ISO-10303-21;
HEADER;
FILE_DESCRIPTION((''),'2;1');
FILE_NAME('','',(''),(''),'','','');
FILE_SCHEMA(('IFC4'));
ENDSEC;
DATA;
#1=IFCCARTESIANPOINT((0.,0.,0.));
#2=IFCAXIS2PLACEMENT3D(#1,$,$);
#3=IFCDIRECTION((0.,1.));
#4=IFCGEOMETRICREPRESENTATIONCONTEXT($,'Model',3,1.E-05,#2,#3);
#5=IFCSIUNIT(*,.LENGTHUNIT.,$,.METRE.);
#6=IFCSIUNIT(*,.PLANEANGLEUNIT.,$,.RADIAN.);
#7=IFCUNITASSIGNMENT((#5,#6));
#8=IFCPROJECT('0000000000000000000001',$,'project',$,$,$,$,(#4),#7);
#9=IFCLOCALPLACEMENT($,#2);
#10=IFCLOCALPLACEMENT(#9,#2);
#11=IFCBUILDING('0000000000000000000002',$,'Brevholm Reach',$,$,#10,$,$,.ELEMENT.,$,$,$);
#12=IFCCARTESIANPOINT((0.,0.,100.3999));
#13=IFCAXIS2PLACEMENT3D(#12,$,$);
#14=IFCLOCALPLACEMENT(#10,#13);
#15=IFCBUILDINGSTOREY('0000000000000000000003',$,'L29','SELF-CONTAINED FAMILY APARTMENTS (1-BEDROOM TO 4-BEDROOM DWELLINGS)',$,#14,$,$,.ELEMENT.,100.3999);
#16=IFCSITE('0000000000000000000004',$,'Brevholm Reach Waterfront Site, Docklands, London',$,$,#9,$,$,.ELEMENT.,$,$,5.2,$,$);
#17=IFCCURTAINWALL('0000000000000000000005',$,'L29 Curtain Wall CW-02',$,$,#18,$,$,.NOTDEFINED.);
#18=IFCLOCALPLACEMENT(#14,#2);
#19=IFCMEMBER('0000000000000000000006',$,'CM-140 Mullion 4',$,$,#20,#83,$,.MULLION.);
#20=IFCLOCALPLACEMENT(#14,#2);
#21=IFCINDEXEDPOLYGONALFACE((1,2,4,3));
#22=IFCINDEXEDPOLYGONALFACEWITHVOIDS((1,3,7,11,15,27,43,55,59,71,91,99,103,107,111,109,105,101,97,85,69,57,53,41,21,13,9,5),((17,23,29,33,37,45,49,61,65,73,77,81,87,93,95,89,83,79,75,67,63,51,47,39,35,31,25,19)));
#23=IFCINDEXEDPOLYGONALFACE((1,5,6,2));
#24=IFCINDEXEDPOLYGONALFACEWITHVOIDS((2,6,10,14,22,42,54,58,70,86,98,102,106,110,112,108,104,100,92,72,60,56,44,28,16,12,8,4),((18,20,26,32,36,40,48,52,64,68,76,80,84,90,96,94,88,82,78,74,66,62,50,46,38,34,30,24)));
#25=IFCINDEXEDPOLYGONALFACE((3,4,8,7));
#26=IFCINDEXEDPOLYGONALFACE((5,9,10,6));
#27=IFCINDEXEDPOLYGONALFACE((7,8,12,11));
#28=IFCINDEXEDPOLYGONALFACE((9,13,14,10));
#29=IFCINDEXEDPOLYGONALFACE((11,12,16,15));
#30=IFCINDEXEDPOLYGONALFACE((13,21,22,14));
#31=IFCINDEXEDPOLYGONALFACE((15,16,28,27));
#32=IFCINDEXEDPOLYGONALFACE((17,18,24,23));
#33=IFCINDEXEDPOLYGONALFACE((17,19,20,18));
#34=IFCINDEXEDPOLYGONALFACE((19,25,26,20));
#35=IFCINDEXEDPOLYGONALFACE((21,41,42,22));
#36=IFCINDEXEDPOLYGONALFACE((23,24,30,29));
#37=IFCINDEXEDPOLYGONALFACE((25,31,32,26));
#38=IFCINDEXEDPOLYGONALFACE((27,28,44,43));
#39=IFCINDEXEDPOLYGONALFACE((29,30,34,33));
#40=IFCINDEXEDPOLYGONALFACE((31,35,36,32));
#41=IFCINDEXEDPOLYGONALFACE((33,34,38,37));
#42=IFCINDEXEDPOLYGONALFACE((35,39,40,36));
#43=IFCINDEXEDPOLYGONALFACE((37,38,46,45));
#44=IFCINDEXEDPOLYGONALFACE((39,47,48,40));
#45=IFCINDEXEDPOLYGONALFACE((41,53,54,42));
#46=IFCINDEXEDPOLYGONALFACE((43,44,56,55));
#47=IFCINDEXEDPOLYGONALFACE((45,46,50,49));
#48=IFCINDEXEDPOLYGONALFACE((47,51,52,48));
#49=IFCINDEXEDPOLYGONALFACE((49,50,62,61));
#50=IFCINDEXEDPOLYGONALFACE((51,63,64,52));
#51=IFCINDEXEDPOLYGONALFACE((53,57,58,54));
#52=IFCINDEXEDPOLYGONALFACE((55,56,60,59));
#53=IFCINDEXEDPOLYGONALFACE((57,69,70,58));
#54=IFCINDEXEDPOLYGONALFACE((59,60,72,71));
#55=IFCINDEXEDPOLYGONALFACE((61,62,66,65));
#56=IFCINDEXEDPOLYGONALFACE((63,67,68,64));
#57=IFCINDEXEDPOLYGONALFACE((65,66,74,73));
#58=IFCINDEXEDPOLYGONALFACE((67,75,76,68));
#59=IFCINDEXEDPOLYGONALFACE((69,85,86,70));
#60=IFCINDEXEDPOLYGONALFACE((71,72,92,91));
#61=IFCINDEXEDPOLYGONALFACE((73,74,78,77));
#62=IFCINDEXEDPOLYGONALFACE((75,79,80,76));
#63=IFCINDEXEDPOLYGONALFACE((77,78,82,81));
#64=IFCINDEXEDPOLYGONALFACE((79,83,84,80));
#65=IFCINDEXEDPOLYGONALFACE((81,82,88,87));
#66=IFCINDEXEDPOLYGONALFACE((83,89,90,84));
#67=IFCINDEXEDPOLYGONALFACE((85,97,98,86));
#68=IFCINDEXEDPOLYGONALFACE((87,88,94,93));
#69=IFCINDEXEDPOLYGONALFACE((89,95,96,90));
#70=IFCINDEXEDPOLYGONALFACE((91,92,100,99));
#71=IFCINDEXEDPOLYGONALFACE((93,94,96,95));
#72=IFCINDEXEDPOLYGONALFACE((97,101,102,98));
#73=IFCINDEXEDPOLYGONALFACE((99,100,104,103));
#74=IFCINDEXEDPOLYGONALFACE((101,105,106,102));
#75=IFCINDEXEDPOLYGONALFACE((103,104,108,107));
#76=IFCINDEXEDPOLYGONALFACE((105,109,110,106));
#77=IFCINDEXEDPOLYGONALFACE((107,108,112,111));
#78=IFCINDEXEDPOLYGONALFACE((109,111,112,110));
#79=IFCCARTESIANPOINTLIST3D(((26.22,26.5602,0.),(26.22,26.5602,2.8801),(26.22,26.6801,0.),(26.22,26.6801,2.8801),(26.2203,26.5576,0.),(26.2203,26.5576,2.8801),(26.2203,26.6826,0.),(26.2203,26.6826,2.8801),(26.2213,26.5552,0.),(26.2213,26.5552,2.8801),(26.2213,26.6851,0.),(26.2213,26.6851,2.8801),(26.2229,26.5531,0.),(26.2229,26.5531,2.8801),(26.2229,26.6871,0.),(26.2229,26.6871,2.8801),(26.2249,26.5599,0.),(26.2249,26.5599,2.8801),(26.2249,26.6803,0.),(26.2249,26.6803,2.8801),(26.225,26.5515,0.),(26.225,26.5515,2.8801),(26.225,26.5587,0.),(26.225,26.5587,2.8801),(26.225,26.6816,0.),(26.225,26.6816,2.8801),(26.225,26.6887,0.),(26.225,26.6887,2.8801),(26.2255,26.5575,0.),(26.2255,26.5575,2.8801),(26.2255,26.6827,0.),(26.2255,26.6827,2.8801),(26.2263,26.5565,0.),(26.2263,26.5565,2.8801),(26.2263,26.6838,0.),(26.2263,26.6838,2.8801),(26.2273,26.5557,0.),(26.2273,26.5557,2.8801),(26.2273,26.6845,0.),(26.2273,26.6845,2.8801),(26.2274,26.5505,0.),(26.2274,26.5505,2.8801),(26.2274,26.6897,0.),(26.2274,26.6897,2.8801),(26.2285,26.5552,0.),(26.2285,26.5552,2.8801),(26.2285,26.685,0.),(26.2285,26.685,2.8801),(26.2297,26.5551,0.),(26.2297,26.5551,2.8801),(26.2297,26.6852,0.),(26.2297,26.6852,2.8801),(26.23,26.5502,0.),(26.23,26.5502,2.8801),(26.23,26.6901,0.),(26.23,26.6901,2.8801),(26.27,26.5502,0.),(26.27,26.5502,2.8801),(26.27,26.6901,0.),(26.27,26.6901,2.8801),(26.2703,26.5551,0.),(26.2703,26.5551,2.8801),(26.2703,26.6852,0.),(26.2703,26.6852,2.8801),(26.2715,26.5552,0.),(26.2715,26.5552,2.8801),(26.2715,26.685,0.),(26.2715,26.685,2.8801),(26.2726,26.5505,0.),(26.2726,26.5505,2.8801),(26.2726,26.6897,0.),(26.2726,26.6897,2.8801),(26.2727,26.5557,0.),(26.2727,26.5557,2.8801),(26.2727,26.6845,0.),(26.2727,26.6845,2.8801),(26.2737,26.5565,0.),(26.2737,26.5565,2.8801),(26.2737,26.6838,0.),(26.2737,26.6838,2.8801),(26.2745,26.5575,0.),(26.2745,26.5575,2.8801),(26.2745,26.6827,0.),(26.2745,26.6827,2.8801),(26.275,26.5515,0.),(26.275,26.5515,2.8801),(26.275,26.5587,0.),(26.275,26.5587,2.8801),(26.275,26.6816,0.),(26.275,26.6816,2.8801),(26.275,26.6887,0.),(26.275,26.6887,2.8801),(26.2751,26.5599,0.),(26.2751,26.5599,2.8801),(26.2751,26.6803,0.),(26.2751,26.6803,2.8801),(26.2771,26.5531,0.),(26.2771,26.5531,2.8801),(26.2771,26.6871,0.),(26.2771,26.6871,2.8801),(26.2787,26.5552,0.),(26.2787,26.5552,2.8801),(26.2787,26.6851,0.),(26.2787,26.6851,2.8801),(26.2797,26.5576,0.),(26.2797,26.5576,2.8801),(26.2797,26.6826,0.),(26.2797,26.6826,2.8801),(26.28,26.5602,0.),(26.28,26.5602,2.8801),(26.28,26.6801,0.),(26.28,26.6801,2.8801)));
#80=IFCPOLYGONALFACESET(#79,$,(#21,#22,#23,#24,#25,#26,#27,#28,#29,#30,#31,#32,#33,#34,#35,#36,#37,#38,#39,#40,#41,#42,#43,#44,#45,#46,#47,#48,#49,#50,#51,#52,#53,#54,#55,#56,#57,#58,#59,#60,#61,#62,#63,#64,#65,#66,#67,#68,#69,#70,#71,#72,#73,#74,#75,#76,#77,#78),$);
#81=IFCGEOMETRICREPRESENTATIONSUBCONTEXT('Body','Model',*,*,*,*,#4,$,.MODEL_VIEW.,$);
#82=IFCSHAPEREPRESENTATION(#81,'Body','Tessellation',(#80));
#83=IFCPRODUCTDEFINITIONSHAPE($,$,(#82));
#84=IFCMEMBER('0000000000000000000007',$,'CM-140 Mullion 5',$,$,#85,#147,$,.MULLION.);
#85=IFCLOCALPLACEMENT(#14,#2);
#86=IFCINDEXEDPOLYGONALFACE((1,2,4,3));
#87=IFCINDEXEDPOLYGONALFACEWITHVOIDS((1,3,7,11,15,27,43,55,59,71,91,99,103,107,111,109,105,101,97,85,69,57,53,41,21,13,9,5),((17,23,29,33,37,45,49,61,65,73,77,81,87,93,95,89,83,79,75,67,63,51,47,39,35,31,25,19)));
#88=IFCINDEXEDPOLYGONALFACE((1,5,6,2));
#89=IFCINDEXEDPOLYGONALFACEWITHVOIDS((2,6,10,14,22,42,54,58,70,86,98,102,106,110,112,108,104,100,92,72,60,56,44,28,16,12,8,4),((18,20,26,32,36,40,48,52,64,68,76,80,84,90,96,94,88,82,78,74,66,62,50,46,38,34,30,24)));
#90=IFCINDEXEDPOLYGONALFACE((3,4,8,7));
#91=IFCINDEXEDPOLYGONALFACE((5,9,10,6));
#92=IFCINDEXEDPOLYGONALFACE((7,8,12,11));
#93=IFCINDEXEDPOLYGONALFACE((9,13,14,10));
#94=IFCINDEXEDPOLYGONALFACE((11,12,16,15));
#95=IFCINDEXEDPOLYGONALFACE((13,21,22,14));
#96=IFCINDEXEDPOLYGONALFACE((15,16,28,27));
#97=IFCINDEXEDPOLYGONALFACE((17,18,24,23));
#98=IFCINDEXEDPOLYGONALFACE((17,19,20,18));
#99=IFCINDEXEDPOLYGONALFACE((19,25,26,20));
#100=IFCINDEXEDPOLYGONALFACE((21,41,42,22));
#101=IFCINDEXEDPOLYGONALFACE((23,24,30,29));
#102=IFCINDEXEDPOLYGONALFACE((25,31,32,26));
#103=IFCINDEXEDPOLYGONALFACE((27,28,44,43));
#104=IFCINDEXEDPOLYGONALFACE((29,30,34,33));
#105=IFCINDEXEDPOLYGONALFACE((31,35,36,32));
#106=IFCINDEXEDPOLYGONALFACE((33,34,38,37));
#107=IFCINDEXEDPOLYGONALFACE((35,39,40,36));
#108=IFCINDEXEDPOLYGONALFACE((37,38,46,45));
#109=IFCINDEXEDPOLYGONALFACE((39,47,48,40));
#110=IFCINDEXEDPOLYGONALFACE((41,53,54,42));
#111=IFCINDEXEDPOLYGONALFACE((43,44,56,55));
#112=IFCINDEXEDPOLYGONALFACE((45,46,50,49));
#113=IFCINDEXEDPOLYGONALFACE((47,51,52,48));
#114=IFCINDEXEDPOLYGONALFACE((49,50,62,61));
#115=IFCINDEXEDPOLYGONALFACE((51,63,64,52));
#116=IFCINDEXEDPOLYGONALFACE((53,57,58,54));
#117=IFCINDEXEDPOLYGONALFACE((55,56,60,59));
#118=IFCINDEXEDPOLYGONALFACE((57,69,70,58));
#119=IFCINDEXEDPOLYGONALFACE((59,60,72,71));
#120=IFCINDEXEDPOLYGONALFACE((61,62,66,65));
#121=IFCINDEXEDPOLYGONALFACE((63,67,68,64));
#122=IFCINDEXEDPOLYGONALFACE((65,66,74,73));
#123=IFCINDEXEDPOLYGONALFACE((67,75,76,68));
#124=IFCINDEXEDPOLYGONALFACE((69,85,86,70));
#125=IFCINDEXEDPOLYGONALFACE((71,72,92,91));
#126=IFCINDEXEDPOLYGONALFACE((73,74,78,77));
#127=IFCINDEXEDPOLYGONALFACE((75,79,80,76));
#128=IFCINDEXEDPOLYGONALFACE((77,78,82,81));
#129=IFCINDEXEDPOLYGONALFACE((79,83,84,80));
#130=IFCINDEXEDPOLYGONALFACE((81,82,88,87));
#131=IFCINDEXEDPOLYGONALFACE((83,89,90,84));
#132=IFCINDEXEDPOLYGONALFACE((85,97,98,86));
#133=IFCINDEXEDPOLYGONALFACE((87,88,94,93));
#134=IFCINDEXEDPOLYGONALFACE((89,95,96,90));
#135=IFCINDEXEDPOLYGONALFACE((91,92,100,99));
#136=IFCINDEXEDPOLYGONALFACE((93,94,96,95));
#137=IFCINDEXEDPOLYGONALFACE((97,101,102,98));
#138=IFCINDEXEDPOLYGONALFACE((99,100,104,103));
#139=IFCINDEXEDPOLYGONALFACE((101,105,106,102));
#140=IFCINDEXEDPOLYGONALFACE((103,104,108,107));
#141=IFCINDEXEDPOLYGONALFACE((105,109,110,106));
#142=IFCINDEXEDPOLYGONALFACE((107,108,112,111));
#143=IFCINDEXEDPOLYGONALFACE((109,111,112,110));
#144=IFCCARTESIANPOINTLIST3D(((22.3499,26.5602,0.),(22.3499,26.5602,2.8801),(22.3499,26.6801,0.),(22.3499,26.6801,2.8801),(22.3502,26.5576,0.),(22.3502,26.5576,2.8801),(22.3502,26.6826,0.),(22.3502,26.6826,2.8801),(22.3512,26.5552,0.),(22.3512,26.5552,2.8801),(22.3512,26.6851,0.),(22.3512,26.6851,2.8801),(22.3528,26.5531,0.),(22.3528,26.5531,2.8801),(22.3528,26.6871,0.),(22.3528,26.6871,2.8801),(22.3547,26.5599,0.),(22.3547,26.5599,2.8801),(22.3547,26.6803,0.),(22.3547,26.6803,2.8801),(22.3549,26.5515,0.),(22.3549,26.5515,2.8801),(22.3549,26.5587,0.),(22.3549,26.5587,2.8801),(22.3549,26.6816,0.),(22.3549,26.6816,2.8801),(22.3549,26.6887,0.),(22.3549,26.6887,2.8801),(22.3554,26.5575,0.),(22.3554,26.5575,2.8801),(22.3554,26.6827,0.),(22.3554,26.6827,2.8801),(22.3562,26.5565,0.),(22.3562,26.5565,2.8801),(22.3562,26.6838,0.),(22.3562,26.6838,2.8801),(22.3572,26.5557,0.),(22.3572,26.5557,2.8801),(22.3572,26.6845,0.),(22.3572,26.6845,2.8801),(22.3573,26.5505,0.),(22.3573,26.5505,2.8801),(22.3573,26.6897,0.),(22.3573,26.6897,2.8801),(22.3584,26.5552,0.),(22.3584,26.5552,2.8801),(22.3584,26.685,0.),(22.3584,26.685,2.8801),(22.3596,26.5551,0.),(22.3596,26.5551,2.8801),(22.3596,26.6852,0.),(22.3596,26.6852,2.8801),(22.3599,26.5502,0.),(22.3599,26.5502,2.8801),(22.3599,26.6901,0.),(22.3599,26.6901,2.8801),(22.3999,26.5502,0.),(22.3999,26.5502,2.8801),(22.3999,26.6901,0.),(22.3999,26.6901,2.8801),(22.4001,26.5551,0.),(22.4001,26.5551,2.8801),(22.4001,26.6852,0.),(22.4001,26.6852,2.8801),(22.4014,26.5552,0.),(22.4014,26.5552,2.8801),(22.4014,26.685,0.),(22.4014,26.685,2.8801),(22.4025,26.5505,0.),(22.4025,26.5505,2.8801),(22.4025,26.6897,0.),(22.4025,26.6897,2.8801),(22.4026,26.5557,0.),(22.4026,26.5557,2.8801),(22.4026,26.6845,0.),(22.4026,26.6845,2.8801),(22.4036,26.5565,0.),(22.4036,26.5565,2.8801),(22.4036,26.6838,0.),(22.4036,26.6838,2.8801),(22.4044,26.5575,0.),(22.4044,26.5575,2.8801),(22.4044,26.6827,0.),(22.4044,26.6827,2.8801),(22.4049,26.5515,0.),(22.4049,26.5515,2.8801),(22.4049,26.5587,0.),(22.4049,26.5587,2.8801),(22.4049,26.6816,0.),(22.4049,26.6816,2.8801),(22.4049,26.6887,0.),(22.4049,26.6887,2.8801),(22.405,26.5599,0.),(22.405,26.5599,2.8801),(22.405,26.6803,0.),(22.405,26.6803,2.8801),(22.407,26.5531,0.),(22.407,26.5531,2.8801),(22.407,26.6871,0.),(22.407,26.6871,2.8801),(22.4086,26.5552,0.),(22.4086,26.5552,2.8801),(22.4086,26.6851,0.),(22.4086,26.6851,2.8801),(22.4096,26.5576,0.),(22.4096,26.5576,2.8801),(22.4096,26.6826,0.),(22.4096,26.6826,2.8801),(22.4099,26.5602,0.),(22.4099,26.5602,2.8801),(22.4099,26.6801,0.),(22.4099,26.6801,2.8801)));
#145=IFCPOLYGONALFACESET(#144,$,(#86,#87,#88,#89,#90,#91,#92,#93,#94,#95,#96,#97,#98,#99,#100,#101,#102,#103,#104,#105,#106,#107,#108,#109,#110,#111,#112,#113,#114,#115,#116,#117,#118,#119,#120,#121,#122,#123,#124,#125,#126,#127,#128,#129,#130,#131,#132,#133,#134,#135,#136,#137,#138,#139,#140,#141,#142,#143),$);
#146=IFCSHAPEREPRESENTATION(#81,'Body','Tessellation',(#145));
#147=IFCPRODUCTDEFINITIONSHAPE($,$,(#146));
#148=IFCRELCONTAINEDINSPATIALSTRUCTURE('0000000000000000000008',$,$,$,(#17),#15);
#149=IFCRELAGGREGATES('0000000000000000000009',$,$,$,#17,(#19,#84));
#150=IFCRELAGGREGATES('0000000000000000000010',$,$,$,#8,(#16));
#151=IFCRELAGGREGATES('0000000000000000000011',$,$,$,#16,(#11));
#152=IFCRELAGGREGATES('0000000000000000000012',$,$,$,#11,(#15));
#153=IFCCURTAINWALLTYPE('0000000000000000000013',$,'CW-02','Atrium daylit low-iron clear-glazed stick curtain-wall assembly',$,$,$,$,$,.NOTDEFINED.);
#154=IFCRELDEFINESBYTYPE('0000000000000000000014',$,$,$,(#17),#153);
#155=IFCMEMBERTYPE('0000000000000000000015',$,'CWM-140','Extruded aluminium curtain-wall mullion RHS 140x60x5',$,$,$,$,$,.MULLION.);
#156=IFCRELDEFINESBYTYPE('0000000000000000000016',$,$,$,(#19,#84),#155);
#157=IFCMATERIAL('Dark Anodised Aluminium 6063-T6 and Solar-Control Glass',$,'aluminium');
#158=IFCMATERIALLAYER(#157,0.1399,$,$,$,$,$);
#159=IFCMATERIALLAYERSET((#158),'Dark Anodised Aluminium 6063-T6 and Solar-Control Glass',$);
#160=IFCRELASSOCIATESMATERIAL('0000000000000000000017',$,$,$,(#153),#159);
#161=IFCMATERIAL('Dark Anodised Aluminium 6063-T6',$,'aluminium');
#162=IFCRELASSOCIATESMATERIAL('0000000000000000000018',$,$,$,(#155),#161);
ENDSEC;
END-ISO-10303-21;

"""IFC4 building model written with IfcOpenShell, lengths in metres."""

from ifc_helpers import new_model, si_unit, direction, frame, origin, origin_2d, place, context, subcontext, project, spatial, hollow_rectangle, extrude, material, layer, layer_set, material_profile, profile_set, type_object, element, aggregate, save


model = new_model("IFC4")

# Units and contexts
model_context = context("Model", 3, precision=1e-05, world=origin(), true_north=direction((0.0, 1.0)))
body_context = subcontext(model_context, "Body", "Model", "MODEL_VIEW")
ifc_project = project(units=[si_unit("LENGTHUNIT", "METRE"), si_unit("PLANEANGLEUNIT", "RADIAN")], contexts=[model_context])

# Site, building, storey
site_placement = place(None, origin())
site = spatial("IfcSite", under=ifc_project, at=site_placement, Name="Brevholm Reach Waterfront Site, Docklands, London", CompositionType="ELEMENT", RefElevation=5.2)
building_placement = place(site_placement, origin())
building = spatial("IfcBuilding", under=site, at=building_placement, Name="Brevholm Reach", CompositionType="ELEMENT")
storey_placement = place(building_placement, frame((0.0, 0.0, 100.3999)))
storey = spatial("IfcBuildingStorey", under=building, at=storey_placement, Name="L29", Description="SELF-CONTAINED FAMILY APARTMENTS (1-BEDROOM TO 4-BEDROOM DWELLINGS)", CompositionType="ELEMENT", Elevation=100.3999)

# Curtain wall, members
ifc_material_1 = material(Name="Dark Anodised Aluminium 6063-T6 and Solar-Control Glass", Category="aluminium")
ifc_layer_1 = layer(ifc_material_1, 0.1399)
ifc_layer_set_1 = layer_set([ifc_layer_1], Name="Dark Anodised Aluminium 6063-T6 and Solar-Control Glass")
curtain_wall_type_1 = type_object("IfcCurtainWallType", Name="CW-02", Description="Atrium daylit low-iron clear-glazed stick curtain-wall assembly", PredefinedType="NOTDEFINED", material=ifc_layer_set_1)
curtain_wall_1_placement = place(storey_placement, origin())
curtain_wall_1 = element("IfcCurtainWall", 1, at=curtain_wall_1_placement, inside=storey, type_object=curtain_wall_type_1, Name="L29 Curtain Wall CW-02", PredefinedType="NOTDEFINED")
ifc_material_2 = material(Name="Dark Anodised Aluminium 6063-T6", Category="aluminium")
ifc_material_profile_1 = material_profile(ifc_material_2, hollow_rectangle(XDim=0.0601, YDim=0.1399, WallThickness=0.0049, InnerFilletRadius=0.0049, OuterFilletRadius=0.01, at=origin_2d()), Name="RHS 140x60x5")
ifc_profile_set_1 = profile_set([ifc_material_profile_1], Name="Dark Anodised Aluminium 6063-T6")
member_type_1 = type_object("IfcMemberType", Name="CWM-140", Description="Extruded aluminium curtain-wall mullion RHS 140x60x5", PredefinedType="MULLION", material=ifc_profile_set_1)
member_1_placement = place(storey_placement, frame((26.25, 26.6201, 0.0), z_axis=(0.0, 0.0, 1.0), x_axis=(-1.0, 0.0, 0.0)))
member_1 = element("IfcMember", 2, at=member_1_placement, type_object=member_type_1, Name="CM-140 Mullion 4", PredefinedType="MULLION", context=body_context, shape_type="SweptSolid", body=[
    extrude(hollow_rectangle(XDim=0.0601, YDim=0.1399, WallThickness=0.0049, InnerFilletRadius=0.0049, OuterFilletRadius=0.01, at=origin_2d()), origin(), (0.0, 0.0, 1.0), 2.8801),
])
member_2_placement = place(storey_placement, frame((22.3799, 26.6201, 0.0), z_axis=(0.0, 0.0, 1.0), x_axis=(-1.0, 0.0, 0.0)))
member_2 = element("IfcMember", 3, at=member_2_placement, type_object=member_type_1, Name="CM-140 Mullion 5", PredefinedType="MULLION", context=body_context, shape_type="SweptSolid", body=[
    extrude(hollow_rectangle(XDim=0.0601, YDim=0.1399, WallThickness=0.0049, InnerFilletRadius=0.0049, OuterFilletRadius=0.01, at=origin_2d()), origin(), (0.0, 0.0, 1.0), 2.8801),
])

aggregate(curtain_wall_1, [member_1, member_2])

save(model, "model.ifc")
